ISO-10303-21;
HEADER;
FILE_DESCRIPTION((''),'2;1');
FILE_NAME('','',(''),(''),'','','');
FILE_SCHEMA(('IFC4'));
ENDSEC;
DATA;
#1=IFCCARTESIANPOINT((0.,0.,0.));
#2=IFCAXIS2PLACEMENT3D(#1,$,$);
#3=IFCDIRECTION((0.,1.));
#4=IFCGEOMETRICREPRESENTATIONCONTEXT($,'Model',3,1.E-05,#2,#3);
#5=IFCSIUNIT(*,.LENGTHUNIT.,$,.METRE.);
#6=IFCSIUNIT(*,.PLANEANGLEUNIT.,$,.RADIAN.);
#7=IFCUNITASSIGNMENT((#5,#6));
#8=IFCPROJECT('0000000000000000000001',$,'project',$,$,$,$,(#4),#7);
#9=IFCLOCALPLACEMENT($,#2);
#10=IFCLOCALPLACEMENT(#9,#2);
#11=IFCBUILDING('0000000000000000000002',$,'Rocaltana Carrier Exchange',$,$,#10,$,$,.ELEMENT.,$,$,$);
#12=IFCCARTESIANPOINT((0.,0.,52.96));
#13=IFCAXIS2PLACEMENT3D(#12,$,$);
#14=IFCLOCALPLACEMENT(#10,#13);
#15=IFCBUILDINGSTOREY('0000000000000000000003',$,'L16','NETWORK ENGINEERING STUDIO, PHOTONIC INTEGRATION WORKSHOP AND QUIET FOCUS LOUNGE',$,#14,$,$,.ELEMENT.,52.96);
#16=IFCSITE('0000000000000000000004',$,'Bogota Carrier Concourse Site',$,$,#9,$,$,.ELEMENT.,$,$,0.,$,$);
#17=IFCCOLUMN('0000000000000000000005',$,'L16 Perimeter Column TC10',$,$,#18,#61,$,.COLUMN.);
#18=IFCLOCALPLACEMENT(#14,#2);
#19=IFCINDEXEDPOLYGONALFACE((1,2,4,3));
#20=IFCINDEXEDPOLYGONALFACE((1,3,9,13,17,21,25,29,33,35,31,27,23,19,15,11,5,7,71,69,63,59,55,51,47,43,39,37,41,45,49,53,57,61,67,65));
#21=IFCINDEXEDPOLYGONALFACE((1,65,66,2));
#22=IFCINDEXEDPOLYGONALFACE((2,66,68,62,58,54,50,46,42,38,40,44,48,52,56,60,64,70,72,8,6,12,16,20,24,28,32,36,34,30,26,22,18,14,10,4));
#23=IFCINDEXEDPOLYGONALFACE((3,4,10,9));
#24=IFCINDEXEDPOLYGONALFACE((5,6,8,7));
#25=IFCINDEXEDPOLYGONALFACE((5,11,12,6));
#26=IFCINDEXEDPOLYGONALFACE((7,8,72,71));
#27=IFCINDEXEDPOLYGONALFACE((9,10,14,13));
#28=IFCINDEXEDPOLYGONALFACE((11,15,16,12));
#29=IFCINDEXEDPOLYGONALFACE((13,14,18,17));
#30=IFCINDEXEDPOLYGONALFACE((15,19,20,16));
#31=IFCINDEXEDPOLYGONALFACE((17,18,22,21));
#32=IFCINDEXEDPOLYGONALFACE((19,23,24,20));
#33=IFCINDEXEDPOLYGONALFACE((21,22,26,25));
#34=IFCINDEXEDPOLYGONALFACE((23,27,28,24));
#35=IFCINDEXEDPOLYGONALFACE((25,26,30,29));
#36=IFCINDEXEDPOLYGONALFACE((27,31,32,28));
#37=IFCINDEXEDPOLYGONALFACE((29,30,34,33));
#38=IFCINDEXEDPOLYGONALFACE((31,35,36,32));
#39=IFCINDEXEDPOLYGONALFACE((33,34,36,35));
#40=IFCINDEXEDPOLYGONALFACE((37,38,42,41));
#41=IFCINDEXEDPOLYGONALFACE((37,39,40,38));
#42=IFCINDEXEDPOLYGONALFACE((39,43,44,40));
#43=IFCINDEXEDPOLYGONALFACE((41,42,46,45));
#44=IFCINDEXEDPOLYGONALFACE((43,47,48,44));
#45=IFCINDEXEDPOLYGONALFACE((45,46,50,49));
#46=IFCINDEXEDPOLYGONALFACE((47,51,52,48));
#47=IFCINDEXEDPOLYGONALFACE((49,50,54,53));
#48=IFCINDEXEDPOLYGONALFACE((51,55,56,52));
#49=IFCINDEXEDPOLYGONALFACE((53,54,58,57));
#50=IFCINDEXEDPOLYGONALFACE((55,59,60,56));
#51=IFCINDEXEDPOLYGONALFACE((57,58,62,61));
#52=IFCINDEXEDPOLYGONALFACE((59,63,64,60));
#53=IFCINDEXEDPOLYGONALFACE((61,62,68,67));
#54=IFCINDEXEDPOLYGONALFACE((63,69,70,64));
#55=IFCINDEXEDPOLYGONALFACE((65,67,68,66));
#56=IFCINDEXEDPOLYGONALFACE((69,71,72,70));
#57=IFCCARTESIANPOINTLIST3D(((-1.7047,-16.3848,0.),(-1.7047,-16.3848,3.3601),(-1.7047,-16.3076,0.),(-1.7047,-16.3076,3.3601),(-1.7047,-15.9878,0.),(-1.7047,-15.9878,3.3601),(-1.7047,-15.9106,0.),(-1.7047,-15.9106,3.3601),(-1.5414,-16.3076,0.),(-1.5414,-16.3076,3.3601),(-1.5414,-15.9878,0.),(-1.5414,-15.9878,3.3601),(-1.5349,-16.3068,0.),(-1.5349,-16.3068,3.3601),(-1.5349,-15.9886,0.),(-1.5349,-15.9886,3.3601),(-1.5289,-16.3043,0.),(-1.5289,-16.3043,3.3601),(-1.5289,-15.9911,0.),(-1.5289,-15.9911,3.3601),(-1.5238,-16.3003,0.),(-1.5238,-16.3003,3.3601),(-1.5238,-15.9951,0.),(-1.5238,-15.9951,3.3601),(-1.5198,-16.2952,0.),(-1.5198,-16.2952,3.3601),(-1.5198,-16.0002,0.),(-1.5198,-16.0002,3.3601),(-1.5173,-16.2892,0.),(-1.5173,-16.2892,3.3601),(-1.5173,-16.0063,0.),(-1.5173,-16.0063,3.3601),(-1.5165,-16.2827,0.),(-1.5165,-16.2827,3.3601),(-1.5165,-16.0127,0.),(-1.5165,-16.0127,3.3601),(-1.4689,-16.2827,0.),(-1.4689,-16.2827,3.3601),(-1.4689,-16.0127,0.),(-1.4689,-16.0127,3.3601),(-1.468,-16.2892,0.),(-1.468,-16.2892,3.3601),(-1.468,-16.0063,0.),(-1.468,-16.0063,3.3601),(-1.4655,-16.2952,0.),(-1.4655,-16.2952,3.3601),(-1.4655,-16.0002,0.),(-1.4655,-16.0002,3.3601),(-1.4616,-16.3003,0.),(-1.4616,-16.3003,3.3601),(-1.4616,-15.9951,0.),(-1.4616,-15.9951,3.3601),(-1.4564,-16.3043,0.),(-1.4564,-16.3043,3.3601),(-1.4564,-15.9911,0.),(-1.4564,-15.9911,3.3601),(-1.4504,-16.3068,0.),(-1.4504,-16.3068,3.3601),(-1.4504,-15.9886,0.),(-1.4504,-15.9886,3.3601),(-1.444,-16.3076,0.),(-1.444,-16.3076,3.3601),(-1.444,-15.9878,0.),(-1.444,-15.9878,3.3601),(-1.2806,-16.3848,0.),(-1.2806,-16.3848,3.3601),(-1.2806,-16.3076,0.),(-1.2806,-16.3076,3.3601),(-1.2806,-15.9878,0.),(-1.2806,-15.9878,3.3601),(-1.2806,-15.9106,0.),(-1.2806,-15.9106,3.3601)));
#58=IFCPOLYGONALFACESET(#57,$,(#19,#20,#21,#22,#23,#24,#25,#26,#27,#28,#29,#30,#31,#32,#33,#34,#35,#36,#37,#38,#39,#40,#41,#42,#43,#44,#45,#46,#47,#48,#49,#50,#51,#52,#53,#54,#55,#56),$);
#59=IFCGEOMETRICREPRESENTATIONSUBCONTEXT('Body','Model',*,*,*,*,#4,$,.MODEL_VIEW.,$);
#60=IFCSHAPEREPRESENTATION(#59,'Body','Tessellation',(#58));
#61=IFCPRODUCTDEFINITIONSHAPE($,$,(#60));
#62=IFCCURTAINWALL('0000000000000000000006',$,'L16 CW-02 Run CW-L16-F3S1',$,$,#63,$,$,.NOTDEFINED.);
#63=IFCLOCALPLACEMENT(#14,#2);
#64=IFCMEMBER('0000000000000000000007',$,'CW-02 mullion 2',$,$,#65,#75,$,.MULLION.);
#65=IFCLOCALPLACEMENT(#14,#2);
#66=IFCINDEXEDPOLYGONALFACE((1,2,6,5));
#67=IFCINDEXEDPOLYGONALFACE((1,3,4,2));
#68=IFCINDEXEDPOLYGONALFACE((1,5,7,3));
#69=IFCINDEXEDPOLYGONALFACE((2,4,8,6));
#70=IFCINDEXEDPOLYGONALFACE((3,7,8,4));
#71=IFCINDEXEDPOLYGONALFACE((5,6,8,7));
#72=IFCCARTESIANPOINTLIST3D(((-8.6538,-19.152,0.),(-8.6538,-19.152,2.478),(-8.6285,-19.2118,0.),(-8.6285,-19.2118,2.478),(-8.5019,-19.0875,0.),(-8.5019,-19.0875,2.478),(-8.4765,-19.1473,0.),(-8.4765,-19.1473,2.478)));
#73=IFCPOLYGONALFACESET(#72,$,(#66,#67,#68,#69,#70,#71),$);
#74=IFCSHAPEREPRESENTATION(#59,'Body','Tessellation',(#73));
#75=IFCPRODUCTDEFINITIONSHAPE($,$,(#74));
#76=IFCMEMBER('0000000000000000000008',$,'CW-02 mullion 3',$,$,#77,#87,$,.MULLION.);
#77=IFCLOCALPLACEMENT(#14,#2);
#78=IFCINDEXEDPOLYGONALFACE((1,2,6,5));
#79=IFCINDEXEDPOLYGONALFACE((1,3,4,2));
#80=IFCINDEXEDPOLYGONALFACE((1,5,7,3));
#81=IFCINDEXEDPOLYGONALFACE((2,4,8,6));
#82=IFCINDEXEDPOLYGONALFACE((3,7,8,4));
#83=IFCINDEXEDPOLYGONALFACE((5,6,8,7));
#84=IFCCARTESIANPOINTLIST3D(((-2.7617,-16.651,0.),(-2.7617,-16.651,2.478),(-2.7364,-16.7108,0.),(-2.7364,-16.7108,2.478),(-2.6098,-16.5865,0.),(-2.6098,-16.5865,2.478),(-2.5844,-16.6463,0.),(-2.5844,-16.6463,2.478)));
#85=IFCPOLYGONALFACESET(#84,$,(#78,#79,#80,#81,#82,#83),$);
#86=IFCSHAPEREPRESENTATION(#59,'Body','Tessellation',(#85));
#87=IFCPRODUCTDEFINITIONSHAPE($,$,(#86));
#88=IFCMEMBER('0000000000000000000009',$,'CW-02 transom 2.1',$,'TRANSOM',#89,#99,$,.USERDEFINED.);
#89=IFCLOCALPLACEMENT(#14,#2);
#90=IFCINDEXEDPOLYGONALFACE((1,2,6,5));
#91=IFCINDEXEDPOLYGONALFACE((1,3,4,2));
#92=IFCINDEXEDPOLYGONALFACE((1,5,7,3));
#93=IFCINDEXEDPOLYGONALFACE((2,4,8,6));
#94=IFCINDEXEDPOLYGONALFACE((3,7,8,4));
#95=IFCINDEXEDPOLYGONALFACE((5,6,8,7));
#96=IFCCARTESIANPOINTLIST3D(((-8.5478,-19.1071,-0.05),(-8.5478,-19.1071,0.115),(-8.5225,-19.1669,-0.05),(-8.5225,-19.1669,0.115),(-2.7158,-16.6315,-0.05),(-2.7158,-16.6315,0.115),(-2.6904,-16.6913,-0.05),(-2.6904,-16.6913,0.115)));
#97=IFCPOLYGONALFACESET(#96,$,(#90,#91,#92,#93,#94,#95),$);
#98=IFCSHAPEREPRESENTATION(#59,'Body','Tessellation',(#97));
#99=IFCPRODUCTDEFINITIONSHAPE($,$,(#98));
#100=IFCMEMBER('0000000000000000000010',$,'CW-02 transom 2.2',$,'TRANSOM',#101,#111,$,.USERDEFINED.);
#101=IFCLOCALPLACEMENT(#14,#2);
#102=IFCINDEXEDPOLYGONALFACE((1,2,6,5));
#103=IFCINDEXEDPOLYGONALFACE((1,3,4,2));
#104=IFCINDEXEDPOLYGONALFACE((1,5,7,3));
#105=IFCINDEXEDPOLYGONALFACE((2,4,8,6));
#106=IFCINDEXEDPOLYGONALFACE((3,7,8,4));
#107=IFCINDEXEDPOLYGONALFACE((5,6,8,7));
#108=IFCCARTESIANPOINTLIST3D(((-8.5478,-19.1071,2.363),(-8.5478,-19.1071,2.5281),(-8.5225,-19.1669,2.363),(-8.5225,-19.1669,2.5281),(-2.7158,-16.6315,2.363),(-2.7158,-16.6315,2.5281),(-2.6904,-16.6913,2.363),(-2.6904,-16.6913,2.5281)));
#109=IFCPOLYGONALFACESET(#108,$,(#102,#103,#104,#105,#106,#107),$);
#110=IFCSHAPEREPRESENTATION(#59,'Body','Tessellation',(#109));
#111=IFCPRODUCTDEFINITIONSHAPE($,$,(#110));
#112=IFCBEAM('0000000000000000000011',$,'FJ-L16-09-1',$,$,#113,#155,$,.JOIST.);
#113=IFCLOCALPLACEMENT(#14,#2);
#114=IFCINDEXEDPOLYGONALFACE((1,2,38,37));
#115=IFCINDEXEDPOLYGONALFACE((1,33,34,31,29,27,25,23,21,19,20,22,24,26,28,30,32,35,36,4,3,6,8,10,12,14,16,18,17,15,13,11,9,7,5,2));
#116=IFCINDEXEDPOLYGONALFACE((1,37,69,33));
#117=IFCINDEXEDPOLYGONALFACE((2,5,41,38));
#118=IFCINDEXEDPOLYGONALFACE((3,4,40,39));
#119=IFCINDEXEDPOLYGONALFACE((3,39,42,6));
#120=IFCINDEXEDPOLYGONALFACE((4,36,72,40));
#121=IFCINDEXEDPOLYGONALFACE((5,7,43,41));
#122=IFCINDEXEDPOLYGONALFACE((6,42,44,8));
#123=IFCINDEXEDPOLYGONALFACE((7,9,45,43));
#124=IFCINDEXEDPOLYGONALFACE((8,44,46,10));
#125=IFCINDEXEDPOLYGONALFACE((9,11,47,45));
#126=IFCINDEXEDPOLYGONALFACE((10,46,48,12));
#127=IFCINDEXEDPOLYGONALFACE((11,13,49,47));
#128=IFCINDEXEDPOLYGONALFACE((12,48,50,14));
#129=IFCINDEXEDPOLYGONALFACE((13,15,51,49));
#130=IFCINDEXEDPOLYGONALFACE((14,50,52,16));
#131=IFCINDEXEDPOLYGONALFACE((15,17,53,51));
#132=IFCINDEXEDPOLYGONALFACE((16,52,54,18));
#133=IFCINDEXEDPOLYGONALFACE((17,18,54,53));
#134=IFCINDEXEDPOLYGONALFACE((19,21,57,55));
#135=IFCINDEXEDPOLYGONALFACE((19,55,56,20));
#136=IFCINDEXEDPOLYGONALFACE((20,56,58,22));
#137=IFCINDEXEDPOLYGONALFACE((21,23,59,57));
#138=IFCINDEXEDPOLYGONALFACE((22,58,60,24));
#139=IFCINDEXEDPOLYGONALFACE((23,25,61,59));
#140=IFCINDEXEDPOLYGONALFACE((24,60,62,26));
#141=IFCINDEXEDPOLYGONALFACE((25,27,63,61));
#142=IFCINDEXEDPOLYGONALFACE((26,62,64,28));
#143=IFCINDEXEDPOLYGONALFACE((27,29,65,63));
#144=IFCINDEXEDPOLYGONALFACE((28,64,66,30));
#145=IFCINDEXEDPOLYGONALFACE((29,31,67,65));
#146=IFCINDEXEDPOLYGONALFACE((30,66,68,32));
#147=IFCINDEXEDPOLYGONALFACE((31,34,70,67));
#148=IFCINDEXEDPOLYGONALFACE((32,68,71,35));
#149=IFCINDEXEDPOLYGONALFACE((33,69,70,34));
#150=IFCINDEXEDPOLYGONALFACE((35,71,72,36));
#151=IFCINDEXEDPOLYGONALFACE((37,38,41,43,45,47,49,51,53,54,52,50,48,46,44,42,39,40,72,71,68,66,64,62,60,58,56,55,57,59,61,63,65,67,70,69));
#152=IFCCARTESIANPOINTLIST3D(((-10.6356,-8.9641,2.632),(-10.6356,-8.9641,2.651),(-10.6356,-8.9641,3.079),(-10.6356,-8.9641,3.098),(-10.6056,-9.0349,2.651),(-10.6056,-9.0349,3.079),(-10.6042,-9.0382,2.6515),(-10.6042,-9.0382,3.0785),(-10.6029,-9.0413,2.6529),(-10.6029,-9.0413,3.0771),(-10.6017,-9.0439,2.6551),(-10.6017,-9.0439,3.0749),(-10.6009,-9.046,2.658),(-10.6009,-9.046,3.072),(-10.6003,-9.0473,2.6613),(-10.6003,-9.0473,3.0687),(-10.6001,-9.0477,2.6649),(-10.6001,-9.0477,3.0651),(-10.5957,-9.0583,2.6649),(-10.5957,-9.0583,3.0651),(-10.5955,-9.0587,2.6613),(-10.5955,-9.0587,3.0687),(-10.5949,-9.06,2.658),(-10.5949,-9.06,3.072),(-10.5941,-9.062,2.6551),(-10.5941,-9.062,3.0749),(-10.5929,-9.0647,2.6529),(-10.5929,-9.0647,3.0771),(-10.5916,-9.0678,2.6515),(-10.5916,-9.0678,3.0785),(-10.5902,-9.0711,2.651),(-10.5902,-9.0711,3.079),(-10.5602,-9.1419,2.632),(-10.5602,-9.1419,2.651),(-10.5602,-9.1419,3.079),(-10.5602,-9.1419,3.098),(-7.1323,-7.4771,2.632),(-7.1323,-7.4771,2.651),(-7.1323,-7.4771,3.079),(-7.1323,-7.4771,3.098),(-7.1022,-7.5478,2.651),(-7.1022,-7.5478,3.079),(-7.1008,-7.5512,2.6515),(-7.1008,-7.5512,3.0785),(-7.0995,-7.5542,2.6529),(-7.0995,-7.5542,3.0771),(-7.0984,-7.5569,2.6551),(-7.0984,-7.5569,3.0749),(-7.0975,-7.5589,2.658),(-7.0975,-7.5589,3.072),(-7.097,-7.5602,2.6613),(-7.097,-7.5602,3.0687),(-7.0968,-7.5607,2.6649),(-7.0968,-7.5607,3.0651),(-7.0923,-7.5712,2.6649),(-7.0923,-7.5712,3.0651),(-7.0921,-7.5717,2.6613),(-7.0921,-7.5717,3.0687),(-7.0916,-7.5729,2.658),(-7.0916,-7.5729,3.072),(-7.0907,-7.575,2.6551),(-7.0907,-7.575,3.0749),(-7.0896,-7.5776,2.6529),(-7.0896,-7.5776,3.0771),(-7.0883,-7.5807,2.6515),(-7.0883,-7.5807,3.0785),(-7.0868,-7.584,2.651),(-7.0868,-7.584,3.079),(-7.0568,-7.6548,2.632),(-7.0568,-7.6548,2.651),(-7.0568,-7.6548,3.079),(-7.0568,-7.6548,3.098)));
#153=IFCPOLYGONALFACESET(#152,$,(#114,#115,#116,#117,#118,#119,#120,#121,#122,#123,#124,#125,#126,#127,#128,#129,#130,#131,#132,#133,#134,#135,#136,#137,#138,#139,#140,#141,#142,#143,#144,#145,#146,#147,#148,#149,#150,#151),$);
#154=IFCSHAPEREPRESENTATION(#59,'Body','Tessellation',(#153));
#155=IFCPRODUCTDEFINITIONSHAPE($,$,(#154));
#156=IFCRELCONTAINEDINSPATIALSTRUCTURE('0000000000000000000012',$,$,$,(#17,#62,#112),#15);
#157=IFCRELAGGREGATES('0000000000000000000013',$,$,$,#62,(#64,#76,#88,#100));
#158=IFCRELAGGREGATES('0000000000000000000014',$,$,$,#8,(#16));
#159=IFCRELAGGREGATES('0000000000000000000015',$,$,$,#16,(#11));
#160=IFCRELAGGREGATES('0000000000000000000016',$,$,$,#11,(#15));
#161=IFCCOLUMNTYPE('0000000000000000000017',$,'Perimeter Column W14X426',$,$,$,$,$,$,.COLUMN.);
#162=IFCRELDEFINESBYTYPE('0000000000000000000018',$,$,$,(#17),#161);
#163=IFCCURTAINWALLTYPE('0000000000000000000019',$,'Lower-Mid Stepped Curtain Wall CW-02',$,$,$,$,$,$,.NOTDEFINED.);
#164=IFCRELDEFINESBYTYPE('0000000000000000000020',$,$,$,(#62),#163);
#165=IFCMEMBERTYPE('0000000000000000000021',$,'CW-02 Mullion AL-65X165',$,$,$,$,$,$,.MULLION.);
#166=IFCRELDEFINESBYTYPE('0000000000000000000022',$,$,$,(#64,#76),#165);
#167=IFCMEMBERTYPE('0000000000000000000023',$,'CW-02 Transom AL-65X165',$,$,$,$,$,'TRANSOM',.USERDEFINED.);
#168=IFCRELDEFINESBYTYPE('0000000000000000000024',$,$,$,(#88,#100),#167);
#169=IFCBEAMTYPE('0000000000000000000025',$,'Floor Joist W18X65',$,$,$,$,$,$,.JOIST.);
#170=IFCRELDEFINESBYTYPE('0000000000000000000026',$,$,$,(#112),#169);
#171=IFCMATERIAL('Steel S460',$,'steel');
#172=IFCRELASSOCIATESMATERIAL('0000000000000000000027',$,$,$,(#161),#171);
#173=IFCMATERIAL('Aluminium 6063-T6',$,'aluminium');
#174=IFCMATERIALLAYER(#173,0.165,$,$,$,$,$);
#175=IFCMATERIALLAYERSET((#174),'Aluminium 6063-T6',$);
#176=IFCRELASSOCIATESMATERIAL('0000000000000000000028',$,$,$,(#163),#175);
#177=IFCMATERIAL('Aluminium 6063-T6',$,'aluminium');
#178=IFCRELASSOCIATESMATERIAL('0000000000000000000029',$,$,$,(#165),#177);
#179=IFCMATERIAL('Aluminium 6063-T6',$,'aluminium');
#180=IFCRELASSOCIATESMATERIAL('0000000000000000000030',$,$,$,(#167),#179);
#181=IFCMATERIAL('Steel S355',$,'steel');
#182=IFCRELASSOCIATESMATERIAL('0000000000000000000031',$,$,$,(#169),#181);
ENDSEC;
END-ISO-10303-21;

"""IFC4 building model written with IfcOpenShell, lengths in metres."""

from ifc_helpers import new_model, si_unit, direction, frame, origin, origin_2d, place, context, subcontext, project, spatial, rectangle, i_section, extrude, material, layer, layer_set, material_profile, profile_set, type_object, element, aggregate, save


model = new_model("IFC4")

# Units and contexts
model_context = context("Model", 3, precision=1e-05, world=origin(), true_north=direction((0.0, 1.0)))
body_context = subcontext(model_context, "Body", "Model", "MODEL_VIEW")
ifc_project = project(units=[si_unit("LENGTHUNIT", "METRE"), si_unit("PLANEANGLEUNIT", "RADIAN")], contexts=[model_context])

# Site, building, storey
site_placement = place(None, origin())
site = spatial("IfcSite", under=ifc_project, at=site_placement, Name="Bogota Carrier Concourse Site", CompositionType="ELEMENT", RefElevation=0.0)
building_placement = place(site_placement, origin())
building = spatial("IfcBuilding", under=site, at=building_placement, Name="Rocaltana Carrier Exchange", CompositionType="ELEMENT")
storey_placement = place(building_placement, frame((0.0, 0.0, 52.96)))
storey = spatial("IfcBuildingStorey", under=building, at=storey_placement, Name="L16", Description="NETWORK ENGINEERING STUDIO, PHOTONIC INTEGRATION WORKSHOP AND QUIET FOCUS LOUNGE", CompositionType="ELEMENT", Elevation=52.96)

# Column
ifc_material_1 = material(Name="Steel S460", Category="steel")
ifc_material_profile_1 = material_profile(ifc_material_1, i_section(OverallWidth=0.4241, OverallDepth=0.4741, WebThickness=0.0476, FlangeThickness=0.0771, FilletRadius=0.0249, at=origin_2d()), Name="W14X426")
ifc_profile_set_1 = profile_set([ifc_material_profile_1], Name="Steel S460")
column_type = type_object("IfcColumnType", Name="Perimeter Column W14X426", PredefinedType="COLUMN", material=ifc_profile_set_1)
column_placement = place(storey_placement, frame((-1.4927, -16.1477, 0.0), z_axis=(0.0, 0.0, 1.0), x_axis=(1.0, 0.0, 0.0)))
element("IfcColumn", 1, at=column_placement, inside=storey, type_object=column_type, Name="L16 Perimeter Column TC10", PredefinedType="COLUMN", context=body_context, shape_type="SweptSolid", body=[
    extrude(i_section(OverallWidth=0.4241, OverallDepth=0.4741, WebThickness=0.0476, FlangeThickness=0.0771, FilletRadius=0.0249, at=origin_2d()), origin(), (0.0, 0.0, 1.0), 3.3601),
])

# Curtain wall, members
ifc_material_2 = material(Name="Aluminium 6063-T6", Category="aluminium")
ifc_layer_1 = layer(ifc_material_2, 0.165)
ifc_layer_set_1 = layer_set([ifc_layer_1], Name="Aluminium 6063-T6")
curtain_wall_type = type_object("IfcCurtainWallType", Name="Lower-Mid Stepped Curtain Wall CW-02", PredefinedType="NOTDEFINED", material=ifc_layer_set_1)
curtain_wall_placement = place(storey_placement, origin())
curtain_wall = element("IfcCurtainWall", 2, at=curtain_wall_placement, inside=storey, type_object=curtain_wall_type, Name="L16 CW-02 Run CW-L16-F3S1", PredefinedType="NOTDEFINED")
ifc_material_3 = material(Name="Aluminium 6063-T6", Category="aluminium")
ifc_material_profile_2 = material_profile(ifc_material_3, rectangle(XDim=0.0649, YDim=0.165, at=origin_2d()), Name="AL-65X165")
ifc_profile_set_2 = profile_set([ifc_material_profile_2], Name="Aluminium 6063-T6")
member_type_1 = type_object("IfcMemberType", Name="CW-02 Mullion AL-65X165", PredefinedType="MULLION", material=ifc_profile_set_2)
member_1_placement = place(storey_placement, frame((-8.5652, -19.1497, 0.0), z_axis=(0.0, 0.0, 1.0), x_axis=(-0.390729, 0.920506, 0.0)))
member_1 = element("IfcMember", 3, at=member_1_placement, type_object=member_type_1, Name="CW-02 mullion 2", PredefinedType="MULLION", context=body_context, shape_type="SweptSolid", body=[
    extrude(rectangle(XDim=0.0649, YDim=0.165, at=origin_2d()), origin(), (0.0, 0.0, 1.0), 2.478),
])
member_2_placement = place(storey_placement, frame((-2.6731, -16.6487, 0.0), z_axis=(0.0, 0.0, 1.0), x_axis=(-0.390729, 0.920506, 0.0)))
member_2 = element("IfcMember", 4, at=member_2_placement, type_object=member_type_1, Name="CW-02 mullion 3", PredefinedType="MULLION", context=body_context, shape_type="SweptSolid", body=[
    extrude(rectangle(XDim=0.0649, YDim=0.165, at=origin_2d()), origin(), (0.0, 0.0, 1.0), 2.478),
])
ifc_material_4 = material(Name="Aluminium 6063-T6", Category="aluminium")
ifc_material_profile_3 = material_profile(ifc_material_4, rectangle(XDim=0.0649, YDim=0.165, at=origin_2d()), Name="AL-65X165")
ifc_profile_set_3 = profile_set([ifc_material_profile_3], Name="Aluminium 6063-T6")
member_type_2 = type_object("IfcMemberType", Name="CW-02 Transom AL-65X165", ElementType="TRANSOM", PredefinedType="USERDEFINED", material=ifc_profile_set_3)
member_3_placement = place(storey_placement, frame((-8.5352, -19.137, 0.0325), z_axis=(0.920503, 0.390736, 0.0), x_axis=(-0.390736, 0.920503, 0.0)))
member_3 = element("IfcMember", 5, at=member_3_placement, type_object=member_type_2, Name="CW-02 transom 2.1", ObjectType="TRANSOM", PredefinedType="USERDEFINED", context=body_context, shape_type="SweptSolid", body=[
    extrude(rectangle(XDim=0.0649, YDim=0.165, at=origin_2d()), origin(), (0.0, 0.0, 1.0), 6.3357),
])
member_4_placement = place(storey_placement, frame((-8.5352, -19.137, 2.4456), z_axis=(0.920503, 0.390736, 0.0), x_axis=(-0.390736, 0.920503, 0.0)))
member_4 = element("IfcMember", 6, at=member_4_placement, type_object=member_type_2, Name="CW-02 transom 2.2", ObjectType="TRANSOM", PredefinedType="USERDEFINED", context=body_context, shape_type="SweptSolid", body=[
    extrude(rectangle(XDim=0.0649, YDim=0.165, at=origin_2d()), origin(), (0.0, 0.0, 1.0), 6.3357),
])

# Beam
ifc_material_5 = material(Name="Steel S355", Category="steel")
ifc_material_profile_4 = material_profile(ifc_material_5, i_section(OverallWidth=0.1931, OverallDepth=0.4661, WebThickness=0.0115, FlangeThickness=0.019, FilletRadius=0.0139, at=origin_2d()), Name="W18X65")
ifc_profile_set_4 = profile_set([ifc_material_profile_4], Name="Steel S355")
beam_type = type_object("IfcBeamType", Name="Floor Joist W18X65", PredefinedType="JOIST", material=ifc_profile_set_4)
beam_1_placement = place(storey_placement, frame((-10.5979, -9.053, 2.865), z_axis=(0.92051, 0.39072, 0.0), x_axis=(-0.39072, 0.92051, 0.0)))
element("IfcBeam", 7, at=beam_1_placement, inside=storey, type_object=beam_type, Name="FJ-L16-09-1", PredefinedType="JOIST", context=body_context, shape_type="SweptSolid", body=[
    extrude(i_section(OverallWidth=0.1931, OverallDepth=0.4661, WebThickness=0.0115, FlangeThickness=0.019, FilletRadius=0.0139, at=origin_2d()), origin(), (0.0, 0.0, 1.0), 3.8059),
])

aggregate(curtain_wall, [member_1, member_2, member_3, member_4])

save(model, "model.ifc")
